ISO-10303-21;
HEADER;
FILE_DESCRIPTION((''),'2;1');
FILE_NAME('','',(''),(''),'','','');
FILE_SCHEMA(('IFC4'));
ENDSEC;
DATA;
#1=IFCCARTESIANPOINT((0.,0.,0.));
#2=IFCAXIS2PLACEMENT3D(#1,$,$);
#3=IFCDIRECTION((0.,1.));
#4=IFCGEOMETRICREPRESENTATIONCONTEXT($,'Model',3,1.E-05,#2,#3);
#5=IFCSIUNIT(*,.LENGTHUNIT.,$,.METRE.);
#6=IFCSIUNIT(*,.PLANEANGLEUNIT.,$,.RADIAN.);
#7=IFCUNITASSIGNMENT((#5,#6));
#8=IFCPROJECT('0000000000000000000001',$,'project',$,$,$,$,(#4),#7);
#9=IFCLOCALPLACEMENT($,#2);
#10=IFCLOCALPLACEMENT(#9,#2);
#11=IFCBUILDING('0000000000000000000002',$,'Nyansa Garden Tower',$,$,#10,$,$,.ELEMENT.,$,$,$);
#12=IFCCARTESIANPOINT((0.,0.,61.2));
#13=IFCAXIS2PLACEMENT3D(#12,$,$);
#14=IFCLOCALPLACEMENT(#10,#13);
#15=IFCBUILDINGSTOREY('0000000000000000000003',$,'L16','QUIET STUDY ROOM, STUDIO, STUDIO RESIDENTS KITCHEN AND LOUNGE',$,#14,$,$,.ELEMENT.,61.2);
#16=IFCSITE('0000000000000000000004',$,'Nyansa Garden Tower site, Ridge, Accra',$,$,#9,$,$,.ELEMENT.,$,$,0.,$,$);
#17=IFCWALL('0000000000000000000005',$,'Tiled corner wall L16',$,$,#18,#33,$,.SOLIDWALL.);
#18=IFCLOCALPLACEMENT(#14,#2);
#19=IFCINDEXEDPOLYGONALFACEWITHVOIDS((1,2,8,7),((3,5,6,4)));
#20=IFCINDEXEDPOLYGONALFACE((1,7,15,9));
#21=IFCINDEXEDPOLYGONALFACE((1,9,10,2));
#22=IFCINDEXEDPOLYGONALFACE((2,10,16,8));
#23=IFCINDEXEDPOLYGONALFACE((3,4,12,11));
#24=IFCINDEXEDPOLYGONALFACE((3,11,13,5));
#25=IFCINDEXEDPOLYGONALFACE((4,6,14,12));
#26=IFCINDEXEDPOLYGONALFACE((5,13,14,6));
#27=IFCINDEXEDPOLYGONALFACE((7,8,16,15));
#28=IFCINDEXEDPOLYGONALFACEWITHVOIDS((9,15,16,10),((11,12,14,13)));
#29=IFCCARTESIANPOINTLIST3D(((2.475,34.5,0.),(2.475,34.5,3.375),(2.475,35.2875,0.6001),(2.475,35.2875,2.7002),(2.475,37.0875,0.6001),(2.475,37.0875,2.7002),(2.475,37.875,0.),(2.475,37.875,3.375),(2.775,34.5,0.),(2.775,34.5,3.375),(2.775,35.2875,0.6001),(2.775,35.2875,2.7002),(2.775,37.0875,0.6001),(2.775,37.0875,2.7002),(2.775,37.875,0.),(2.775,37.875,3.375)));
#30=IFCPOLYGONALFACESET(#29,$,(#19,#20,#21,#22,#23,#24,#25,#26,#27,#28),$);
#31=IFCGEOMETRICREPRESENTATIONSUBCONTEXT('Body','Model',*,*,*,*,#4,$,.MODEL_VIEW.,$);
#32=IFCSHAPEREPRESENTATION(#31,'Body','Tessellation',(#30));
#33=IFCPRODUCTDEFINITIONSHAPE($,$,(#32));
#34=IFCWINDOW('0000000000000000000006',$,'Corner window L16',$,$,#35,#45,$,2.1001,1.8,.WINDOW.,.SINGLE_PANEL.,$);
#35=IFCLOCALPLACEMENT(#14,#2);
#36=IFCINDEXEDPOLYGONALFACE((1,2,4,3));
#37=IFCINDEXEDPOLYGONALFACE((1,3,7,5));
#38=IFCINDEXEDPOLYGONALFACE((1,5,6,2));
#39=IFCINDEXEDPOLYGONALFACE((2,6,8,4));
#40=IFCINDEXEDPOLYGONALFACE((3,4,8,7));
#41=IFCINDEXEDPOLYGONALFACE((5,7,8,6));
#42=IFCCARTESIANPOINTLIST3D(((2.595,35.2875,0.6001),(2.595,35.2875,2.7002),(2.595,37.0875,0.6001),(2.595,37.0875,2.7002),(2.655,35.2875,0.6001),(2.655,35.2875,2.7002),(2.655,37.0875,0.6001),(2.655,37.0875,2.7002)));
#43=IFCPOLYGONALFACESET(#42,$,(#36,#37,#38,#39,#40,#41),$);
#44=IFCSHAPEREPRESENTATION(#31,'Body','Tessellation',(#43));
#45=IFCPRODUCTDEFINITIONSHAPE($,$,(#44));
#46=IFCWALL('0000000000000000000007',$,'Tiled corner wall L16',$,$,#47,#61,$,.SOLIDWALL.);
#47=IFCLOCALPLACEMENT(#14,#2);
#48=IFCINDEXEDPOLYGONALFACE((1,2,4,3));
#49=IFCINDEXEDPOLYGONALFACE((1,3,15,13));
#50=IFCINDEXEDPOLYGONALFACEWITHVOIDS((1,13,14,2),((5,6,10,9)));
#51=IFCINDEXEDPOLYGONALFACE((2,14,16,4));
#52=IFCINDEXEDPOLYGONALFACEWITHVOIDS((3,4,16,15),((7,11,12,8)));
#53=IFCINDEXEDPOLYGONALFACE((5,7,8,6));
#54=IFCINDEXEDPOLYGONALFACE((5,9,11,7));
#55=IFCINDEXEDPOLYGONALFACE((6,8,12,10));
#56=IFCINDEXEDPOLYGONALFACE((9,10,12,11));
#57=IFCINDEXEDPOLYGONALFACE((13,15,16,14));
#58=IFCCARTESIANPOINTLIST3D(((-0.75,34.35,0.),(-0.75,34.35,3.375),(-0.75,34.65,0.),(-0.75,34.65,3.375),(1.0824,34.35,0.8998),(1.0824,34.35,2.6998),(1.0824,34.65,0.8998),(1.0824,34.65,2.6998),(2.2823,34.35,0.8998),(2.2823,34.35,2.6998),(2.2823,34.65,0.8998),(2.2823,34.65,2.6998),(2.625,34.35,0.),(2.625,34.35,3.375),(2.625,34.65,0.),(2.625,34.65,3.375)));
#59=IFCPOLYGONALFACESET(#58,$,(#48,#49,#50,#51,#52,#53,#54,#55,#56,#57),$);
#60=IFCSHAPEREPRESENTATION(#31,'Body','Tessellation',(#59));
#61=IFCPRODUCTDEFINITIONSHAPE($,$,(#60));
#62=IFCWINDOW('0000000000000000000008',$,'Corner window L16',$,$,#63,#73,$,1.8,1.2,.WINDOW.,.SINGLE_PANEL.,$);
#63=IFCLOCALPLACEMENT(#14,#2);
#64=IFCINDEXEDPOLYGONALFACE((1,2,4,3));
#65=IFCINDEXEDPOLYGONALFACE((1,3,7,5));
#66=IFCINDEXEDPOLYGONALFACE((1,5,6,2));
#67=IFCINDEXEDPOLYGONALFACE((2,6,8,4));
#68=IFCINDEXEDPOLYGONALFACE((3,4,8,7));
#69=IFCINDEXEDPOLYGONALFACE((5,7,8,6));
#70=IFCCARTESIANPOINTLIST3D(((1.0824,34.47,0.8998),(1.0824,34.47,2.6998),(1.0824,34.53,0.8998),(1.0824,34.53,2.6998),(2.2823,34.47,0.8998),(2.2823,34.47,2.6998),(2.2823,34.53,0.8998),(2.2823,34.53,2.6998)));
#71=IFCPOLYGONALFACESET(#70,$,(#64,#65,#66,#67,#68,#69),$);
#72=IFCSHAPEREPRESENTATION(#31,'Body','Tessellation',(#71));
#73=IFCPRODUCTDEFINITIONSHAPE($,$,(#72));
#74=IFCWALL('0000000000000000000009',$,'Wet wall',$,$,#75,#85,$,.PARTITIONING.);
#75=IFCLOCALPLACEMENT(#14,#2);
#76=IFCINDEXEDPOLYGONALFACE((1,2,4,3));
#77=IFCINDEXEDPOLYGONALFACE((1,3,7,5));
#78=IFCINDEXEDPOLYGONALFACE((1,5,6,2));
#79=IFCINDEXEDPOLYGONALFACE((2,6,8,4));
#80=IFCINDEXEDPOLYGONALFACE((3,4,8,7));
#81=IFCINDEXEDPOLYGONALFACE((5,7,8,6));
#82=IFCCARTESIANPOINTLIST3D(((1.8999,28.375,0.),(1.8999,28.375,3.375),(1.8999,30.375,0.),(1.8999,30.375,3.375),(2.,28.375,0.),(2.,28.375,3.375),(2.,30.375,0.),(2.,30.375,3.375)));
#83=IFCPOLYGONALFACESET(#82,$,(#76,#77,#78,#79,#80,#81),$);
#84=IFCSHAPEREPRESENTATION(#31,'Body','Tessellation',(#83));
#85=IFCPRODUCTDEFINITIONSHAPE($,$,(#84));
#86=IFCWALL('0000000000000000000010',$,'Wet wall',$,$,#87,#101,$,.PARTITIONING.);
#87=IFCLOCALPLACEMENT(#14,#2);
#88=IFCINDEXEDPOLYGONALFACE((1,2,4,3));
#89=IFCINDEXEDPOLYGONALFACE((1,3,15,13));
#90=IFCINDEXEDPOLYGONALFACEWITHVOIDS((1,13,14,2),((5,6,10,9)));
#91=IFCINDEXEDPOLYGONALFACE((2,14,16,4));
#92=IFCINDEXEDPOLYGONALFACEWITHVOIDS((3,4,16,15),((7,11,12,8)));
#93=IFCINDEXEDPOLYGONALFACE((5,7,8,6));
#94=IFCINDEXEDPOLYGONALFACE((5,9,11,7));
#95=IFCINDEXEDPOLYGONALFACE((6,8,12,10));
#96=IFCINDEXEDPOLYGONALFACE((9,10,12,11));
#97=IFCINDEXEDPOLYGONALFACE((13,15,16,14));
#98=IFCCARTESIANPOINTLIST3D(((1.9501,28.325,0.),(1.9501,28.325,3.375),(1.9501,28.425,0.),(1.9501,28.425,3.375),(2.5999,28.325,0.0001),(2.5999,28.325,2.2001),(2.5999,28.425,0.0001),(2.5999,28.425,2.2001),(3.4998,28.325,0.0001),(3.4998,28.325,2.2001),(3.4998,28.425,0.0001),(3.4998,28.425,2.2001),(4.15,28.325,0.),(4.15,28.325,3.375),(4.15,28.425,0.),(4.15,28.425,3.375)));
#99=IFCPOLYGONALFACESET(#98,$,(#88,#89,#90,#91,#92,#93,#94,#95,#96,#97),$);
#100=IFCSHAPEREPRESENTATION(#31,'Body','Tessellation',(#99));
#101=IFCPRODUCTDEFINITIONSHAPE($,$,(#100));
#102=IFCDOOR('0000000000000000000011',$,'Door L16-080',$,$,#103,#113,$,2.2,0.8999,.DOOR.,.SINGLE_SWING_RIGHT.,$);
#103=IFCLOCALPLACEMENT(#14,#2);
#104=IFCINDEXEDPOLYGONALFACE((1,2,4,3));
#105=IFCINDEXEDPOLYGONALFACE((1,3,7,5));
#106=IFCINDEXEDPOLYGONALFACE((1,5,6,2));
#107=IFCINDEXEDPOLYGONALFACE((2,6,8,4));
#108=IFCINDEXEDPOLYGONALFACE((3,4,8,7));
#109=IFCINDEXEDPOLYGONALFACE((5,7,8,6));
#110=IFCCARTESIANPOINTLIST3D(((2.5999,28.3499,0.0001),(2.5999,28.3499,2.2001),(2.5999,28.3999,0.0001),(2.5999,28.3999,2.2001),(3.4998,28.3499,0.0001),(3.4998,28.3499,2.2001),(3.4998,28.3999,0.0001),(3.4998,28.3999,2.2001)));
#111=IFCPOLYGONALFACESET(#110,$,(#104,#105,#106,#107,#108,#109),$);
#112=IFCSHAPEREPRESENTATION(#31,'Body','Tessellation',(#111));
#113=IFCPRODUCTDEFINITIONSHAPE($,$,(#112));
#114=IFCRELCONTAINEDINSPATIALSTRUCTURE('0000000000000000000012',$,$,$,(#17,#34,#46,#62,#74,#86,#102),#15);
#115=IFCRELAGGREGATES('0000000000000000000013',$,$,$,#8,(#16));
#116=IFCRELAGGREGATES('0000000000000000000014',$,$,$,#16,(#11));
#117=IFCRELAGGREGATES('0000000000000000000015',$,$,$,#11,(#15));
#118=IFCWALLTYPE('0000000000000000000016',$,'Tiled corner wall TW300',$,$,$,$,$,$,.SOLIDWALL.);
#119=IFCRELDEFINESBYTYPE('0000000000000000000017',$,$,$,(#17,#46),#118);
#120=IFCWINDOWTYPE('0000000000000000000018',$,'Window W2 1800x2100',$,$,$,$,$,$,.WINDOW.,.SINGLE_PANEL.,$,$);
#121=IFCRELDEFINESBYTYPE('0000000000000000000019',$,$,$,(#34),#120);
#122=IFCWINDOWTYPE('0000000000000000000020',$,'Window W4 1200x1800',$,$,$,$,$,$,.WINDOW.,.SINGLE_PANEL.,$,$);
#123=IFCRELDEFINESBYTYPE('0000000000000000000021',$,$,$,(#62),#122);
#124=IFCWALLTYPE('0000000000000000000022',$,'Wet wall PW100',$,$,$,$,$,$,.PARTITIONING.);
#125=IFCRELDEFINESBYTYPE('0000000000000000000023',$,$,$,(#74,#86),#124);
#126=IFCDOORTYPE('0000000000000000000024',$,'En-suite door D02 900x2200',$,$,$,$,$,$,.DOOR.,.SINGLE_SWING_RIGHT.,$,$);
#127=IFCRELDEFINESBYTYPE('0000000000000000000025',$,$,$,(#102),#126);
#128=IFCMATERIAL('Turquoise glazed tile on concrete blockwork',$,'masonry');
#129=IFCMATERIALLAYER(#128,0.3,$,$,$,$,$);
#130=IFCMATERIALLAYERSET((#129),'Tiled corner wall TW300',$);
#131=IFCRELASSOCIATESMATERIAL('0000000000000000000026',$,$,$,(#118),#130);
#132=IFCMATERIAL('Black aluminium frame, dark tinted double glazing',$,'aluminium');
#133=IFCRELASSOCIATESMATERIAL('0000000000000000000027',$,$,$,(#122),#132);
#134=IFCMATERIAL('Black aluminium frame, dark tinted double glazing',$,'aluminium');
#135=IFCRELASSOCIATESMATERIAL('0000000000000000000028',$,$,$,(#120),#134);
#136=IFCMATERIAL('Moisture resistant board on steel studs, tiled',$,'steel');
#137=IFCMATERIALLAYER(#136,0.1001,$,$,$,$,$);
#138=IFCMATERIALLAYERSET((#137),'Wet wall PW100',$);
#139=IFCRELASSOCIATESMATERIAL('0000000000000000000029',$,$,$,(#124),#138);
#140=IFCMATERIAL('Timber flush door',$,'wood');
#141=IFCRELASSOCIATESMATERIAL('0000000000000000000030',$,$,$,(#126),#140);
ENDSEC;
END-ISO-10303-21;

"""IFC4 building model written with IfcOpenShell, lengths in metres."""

from ifc_helpers import new_model, si_unit, direction, frame, frame_2d, origin, place, context, subcontext, project, spatial, rectangle, extrude, material, layer, layer_set, type_object, element, fill, save


model = new_model("IFC4")

# Units and contexts
model_context = context("Model", 3, precision=1e-05, world=origin(), true_north=direction((0.0, 1.0)))
body_context = subcontext(model_context, "Body", "Model", "MODEL_VIEW")
ifc_project = project(units=[si_unit("LENGTHUNIT", "METRE"), si_unit("PLANEANGLEUNIT", "RADIAN")], contexts=[model_context])

# Site, building, storey
site_placement = place(None, origin())
site = spatial("IfcSite", under=ifc_project, at=site_placement, Name="Nyansa Garden Tower site, Ridge, Accra", CompositionType="ELEMENT", RefElevation=0.0)
building_placement = place(site_placement, origin())
building = spatial("IfcBuilding", under=site, at=building_placement, Name="Nyansa Garden Tower", CompositionType="ELEMENT")
storey_placement = place(building_placement, frame((0.0, 0.0, 61.2)))
storey = spatial("IfcBuildingStorey", under=building, at=storey_placement, Name="L16", Description="QUIET STUDY ROOM, STUDIO, STUDIO RESIDENTS KITCHEN AND LOUNGE", CompositionType="ELEMENT", Elevation=61.2)

# Walls, openings, windows
ifc_material_1 = material(Name="Turquoise glazed tile on concrete blockwork", Category="masonry")
ifc_layer_1 = layer(ifc_material_1, 0.3)
ifc_layer_set_1 = layer_set([ifc_layer_1], Name="Tiled corner wall TW300")
wall_type_1 = type_object("IfcWallType", Name="Tiled corner wall TW300", PredefinedType="SOLIDWALL", material=ifc_layer_set_1)
ifc_material_2 = material(Name="Black aluminium frame, dark tinted double glazing", Category="aluminium")
window_type_1 = type_object("IfcWindowType", Name="Window W4 1200x1800", PartitioningType="SINGLE_PANEL", PredefinedType="WINDOW", material=ifc_material_2)
ifc_material_3 = material(Name="Black aluminium frame, dark tinted double glazing", Category="aluminium")
window_type_2 = type_object("IfcWindowType", Name="Window W2 1800x2100", PartitioningType="SINGLE_PANEL", PredefinedType="WINDOW", material=ifc_material_3)
wall_1_placement = place(storey_placement, frame((2.625, 37.875, 0.0), z_axis=(0.0, 0.0, 1.0), x_axis=(0.0, -1.0, 0.0)))
wall_1 = element("IfcWall", 1, at=wall_1_placement, inside=storey, type_object=wall_type_1, Name="Tiled corner wall L16", PredefinedType="SOLIDWALL", context=body_context, shape_type="SweptSolid", body=[
    extrude(rectangle(XDim=3.375, YDim=0.3, at=frame_2d((1.6875, 0.0))), origin(), (0.0, 0.0, 1.0), 3.375),
])
opening_1_placement = place(wall_1_placement, frame((0.7876, 0.0, 0.6001)))
opening_1 = element("IfcOpeningElement", 2, at=opening_1_placement, cuts=wall_1, PredefinedType="OPENING", context=body_context, shape_type="SweptSolid", body=[
    extrude(rectangle(XDim=1.8, YDim=2.1001, at=frame_2d((0.8999, 1.05))), frame((0.0, 0.1599, 0.0), z_axis=(0.0, -1.0, 0.0), x_axis=(1.0, 0.0, 0.0)), (0.0, 0.0, 1.0), 0.3201),
])
window_1_placement = place(opening_1_placement, origin())
window_1 = element("IfcWindow", 3, at=window_1_placement, inside=storey, type_object=window_type_2, Name="Corner window L16", OverallHeight=2.1001, OverallWidth=1.8, PartitioningType="SINGLE_PANEL", PredefinedType="WINDOW", context=body_context, shape_type="SweptSolid", body=[
    extrude(rectangle(XDim=1.8, YDim=2.1001, at=frame_2d((0.8999, 1.05))), frame((0.0, 0.03, 0.0), z_axis=(0.0, -1.0, 0.0), x_axis=(1.0, 0.0, 0.0)), (0.0, 0.0, 1.0), 0.0601),
])
fill(opening_1, window_1)
wall_2_placement = place(storey_placement, frame((2.625, 34.5, 0.0), z_axis=(0.0, 0.0, 1.0), x_axis=(-1.0, 0.0, 0.0)))
wall_2 = element("IfcWall", 4, at=wall_2_placement, inside=storey, type_object=wall_type_1, Name="Tiled corner wall L16", PredefinedType="SOLIDWALL", context=body_context, shape_type="SweptSolid", body=[
    extrude(rectangle(XDim=3.375, YDim=0.3, at=frame_2d((1.6875, 0.0))), origin(), (0.0, 0.0, 1.0), 3.375),
])
opening_2_placement = place(wall_2_placement, frame((0.3425, 0.0, 0.8999)))
opening_2 = element("IfcOpeningElement", 5, at=opening_2_placement, cuts=wall_2, PredefinedType="OPENING", context=body_context, shape_type="SweptSolid", body=[
    extrude(rectangle(XDim=1.2, YDim=1.8, at=frame_2d((0.6001, 0.8999))), frame((0.0, 0.1599, 0.0), z_axis=(0.0, -1.0, 0.0), x_axis=(1.0, 0.0, 0.0)), (0.0, 0.0, 1.0), 0.3201),
])
window_2_placement = place(opening_2_placement, origin())
window_2 = element("IfcWindow", 6, at=window_2_placement, inside=storey, type_object=window_type_1, Name="Corner window L16", OverallHeight=1.8, OverallWidth=1.2, PartitioningType="SINGLE_PANEL", PredefinedType="WINDOW", context=body_context, shape_type="SweptSolid", body=[
    extrude(rectangle(XDim=1.2, YDim=1.8, at=frame_2d((0.6001, 0.8999))), frame((0.0, 0.03, 0.0), z_axis=(0.0, -1.0, 0.0), x_axis=(1.0, 0.0, 0.0)), (0.0, 0.0, 1.0), 0.0601),
])
fill(opening_2, window_2)

# Wall
ifc_material_4 = material(Name="Moisture resistant board on steel studs, tiled", Category="steel")
ifc_layer_2 = layer(ifc_material_4, 0.1001)
ifc_layer_set_2 = layer_set([ifc_layer_2], Name="Wet wall PW100")
wall_type_2 = type_object("IfcWallType", Name="Wet wall PW100", PredefinedType="PARTITIONING", material=ifc_layer_set_2)
wall_3_placement = place(storey_placement, frame((1.95, 28.375, 0.0), z_axis=(0.0, 0.0, 1.0), x_axis=(0.0, 1.0, 0.0)))
element("IfcWall", 7, at=wall_3_placement, inside=storey, type_object=wall_type_2, Name="Wet wall", PredefinedType="PARTITIONING", context=body_context, shape_type="SweptSolid", body=[
    extrude(rectangle(XDim=2.0, YDim=0.1001, at=frame_2d((1.0, 0.0))), origin(), (0.0, 0.0, 1.0), 3.375),
])

# Wall, opening, door
wall_4_placement = place(storey_placement, frame((1.95, 28.375, 0.0), z_axis=(0.0, 0.0, 1.0), x_axis=(1.0, 0.0, 0.0)))
wall_4 = element("IfcWall", 8, at=wall_4_placement, inside=storey, type_object=wall_type_2, Name="Wet wall", PredefinedType="PARTITIONING", context=body_context, shape_type="SweptSolid", body=[
    extrude(rectangle(XDim=2.2, YDim=0.1001, at=frame_2d((1.1001, 0.0))), origin(), (0.0, 0.0, 1.0), 3.375),
])
opening_3_placement = place(wall_4_placement, frame((0.6499, 0.0, 0.0)))
opening_3 = element("IfcOpeningElement", 9, at=opening_3_placement, cuts=wall_4, PredefinedType="OPENING", context=body_context, shape_type="SweptSolid", body=[
    extrude(rectangle(XDim=0.8999, YDim=2.2, at=frame_2d((0.45, 1.1001))), frame((0.0, 0.0601, 0.0), z_axis=(0.0, -1.0, 0.0), x_axis=(1.0, 0.0, 0.0)), (0.0, 0.0, 1.0), 0.1201),
])
ifc_material_5 = material(Name="Timber flush door", Category="wood")
door_type = type_object("IfcDoorType", Name="En-suite door D02 900x2200", OperationType="SINGLE_SWING_RIGHT", PredefinedType="DOOR", material=ifc_material_5)
door_placement = place(opening_3_placement, origin())
door = element("IfcDoor", 10, at=door_placement, inside=storey, type_object=door_type, Name="Door L16-080", OperationType="SINGLE_SWING_RIGHT", OverallHeight=2.2, OverallWidth=0.8999, PredefinedType="DOOR", context=body_context, shape_type="SweptSolid", body=[
    extrude(rectangle(XDim=0.8999, YDim=2.2, at=frame_2d((0.45, 1.1001))), frame((0.0, 0.0249, 0.0), z_axis=(0.0, -1.0, 0.0), x_axis=(1.0, 0.0, 0.0)), (0.0, 0.0, 1.0), 0.05),
])
fill(opening_3, door)

save(model, "model.ifc")
